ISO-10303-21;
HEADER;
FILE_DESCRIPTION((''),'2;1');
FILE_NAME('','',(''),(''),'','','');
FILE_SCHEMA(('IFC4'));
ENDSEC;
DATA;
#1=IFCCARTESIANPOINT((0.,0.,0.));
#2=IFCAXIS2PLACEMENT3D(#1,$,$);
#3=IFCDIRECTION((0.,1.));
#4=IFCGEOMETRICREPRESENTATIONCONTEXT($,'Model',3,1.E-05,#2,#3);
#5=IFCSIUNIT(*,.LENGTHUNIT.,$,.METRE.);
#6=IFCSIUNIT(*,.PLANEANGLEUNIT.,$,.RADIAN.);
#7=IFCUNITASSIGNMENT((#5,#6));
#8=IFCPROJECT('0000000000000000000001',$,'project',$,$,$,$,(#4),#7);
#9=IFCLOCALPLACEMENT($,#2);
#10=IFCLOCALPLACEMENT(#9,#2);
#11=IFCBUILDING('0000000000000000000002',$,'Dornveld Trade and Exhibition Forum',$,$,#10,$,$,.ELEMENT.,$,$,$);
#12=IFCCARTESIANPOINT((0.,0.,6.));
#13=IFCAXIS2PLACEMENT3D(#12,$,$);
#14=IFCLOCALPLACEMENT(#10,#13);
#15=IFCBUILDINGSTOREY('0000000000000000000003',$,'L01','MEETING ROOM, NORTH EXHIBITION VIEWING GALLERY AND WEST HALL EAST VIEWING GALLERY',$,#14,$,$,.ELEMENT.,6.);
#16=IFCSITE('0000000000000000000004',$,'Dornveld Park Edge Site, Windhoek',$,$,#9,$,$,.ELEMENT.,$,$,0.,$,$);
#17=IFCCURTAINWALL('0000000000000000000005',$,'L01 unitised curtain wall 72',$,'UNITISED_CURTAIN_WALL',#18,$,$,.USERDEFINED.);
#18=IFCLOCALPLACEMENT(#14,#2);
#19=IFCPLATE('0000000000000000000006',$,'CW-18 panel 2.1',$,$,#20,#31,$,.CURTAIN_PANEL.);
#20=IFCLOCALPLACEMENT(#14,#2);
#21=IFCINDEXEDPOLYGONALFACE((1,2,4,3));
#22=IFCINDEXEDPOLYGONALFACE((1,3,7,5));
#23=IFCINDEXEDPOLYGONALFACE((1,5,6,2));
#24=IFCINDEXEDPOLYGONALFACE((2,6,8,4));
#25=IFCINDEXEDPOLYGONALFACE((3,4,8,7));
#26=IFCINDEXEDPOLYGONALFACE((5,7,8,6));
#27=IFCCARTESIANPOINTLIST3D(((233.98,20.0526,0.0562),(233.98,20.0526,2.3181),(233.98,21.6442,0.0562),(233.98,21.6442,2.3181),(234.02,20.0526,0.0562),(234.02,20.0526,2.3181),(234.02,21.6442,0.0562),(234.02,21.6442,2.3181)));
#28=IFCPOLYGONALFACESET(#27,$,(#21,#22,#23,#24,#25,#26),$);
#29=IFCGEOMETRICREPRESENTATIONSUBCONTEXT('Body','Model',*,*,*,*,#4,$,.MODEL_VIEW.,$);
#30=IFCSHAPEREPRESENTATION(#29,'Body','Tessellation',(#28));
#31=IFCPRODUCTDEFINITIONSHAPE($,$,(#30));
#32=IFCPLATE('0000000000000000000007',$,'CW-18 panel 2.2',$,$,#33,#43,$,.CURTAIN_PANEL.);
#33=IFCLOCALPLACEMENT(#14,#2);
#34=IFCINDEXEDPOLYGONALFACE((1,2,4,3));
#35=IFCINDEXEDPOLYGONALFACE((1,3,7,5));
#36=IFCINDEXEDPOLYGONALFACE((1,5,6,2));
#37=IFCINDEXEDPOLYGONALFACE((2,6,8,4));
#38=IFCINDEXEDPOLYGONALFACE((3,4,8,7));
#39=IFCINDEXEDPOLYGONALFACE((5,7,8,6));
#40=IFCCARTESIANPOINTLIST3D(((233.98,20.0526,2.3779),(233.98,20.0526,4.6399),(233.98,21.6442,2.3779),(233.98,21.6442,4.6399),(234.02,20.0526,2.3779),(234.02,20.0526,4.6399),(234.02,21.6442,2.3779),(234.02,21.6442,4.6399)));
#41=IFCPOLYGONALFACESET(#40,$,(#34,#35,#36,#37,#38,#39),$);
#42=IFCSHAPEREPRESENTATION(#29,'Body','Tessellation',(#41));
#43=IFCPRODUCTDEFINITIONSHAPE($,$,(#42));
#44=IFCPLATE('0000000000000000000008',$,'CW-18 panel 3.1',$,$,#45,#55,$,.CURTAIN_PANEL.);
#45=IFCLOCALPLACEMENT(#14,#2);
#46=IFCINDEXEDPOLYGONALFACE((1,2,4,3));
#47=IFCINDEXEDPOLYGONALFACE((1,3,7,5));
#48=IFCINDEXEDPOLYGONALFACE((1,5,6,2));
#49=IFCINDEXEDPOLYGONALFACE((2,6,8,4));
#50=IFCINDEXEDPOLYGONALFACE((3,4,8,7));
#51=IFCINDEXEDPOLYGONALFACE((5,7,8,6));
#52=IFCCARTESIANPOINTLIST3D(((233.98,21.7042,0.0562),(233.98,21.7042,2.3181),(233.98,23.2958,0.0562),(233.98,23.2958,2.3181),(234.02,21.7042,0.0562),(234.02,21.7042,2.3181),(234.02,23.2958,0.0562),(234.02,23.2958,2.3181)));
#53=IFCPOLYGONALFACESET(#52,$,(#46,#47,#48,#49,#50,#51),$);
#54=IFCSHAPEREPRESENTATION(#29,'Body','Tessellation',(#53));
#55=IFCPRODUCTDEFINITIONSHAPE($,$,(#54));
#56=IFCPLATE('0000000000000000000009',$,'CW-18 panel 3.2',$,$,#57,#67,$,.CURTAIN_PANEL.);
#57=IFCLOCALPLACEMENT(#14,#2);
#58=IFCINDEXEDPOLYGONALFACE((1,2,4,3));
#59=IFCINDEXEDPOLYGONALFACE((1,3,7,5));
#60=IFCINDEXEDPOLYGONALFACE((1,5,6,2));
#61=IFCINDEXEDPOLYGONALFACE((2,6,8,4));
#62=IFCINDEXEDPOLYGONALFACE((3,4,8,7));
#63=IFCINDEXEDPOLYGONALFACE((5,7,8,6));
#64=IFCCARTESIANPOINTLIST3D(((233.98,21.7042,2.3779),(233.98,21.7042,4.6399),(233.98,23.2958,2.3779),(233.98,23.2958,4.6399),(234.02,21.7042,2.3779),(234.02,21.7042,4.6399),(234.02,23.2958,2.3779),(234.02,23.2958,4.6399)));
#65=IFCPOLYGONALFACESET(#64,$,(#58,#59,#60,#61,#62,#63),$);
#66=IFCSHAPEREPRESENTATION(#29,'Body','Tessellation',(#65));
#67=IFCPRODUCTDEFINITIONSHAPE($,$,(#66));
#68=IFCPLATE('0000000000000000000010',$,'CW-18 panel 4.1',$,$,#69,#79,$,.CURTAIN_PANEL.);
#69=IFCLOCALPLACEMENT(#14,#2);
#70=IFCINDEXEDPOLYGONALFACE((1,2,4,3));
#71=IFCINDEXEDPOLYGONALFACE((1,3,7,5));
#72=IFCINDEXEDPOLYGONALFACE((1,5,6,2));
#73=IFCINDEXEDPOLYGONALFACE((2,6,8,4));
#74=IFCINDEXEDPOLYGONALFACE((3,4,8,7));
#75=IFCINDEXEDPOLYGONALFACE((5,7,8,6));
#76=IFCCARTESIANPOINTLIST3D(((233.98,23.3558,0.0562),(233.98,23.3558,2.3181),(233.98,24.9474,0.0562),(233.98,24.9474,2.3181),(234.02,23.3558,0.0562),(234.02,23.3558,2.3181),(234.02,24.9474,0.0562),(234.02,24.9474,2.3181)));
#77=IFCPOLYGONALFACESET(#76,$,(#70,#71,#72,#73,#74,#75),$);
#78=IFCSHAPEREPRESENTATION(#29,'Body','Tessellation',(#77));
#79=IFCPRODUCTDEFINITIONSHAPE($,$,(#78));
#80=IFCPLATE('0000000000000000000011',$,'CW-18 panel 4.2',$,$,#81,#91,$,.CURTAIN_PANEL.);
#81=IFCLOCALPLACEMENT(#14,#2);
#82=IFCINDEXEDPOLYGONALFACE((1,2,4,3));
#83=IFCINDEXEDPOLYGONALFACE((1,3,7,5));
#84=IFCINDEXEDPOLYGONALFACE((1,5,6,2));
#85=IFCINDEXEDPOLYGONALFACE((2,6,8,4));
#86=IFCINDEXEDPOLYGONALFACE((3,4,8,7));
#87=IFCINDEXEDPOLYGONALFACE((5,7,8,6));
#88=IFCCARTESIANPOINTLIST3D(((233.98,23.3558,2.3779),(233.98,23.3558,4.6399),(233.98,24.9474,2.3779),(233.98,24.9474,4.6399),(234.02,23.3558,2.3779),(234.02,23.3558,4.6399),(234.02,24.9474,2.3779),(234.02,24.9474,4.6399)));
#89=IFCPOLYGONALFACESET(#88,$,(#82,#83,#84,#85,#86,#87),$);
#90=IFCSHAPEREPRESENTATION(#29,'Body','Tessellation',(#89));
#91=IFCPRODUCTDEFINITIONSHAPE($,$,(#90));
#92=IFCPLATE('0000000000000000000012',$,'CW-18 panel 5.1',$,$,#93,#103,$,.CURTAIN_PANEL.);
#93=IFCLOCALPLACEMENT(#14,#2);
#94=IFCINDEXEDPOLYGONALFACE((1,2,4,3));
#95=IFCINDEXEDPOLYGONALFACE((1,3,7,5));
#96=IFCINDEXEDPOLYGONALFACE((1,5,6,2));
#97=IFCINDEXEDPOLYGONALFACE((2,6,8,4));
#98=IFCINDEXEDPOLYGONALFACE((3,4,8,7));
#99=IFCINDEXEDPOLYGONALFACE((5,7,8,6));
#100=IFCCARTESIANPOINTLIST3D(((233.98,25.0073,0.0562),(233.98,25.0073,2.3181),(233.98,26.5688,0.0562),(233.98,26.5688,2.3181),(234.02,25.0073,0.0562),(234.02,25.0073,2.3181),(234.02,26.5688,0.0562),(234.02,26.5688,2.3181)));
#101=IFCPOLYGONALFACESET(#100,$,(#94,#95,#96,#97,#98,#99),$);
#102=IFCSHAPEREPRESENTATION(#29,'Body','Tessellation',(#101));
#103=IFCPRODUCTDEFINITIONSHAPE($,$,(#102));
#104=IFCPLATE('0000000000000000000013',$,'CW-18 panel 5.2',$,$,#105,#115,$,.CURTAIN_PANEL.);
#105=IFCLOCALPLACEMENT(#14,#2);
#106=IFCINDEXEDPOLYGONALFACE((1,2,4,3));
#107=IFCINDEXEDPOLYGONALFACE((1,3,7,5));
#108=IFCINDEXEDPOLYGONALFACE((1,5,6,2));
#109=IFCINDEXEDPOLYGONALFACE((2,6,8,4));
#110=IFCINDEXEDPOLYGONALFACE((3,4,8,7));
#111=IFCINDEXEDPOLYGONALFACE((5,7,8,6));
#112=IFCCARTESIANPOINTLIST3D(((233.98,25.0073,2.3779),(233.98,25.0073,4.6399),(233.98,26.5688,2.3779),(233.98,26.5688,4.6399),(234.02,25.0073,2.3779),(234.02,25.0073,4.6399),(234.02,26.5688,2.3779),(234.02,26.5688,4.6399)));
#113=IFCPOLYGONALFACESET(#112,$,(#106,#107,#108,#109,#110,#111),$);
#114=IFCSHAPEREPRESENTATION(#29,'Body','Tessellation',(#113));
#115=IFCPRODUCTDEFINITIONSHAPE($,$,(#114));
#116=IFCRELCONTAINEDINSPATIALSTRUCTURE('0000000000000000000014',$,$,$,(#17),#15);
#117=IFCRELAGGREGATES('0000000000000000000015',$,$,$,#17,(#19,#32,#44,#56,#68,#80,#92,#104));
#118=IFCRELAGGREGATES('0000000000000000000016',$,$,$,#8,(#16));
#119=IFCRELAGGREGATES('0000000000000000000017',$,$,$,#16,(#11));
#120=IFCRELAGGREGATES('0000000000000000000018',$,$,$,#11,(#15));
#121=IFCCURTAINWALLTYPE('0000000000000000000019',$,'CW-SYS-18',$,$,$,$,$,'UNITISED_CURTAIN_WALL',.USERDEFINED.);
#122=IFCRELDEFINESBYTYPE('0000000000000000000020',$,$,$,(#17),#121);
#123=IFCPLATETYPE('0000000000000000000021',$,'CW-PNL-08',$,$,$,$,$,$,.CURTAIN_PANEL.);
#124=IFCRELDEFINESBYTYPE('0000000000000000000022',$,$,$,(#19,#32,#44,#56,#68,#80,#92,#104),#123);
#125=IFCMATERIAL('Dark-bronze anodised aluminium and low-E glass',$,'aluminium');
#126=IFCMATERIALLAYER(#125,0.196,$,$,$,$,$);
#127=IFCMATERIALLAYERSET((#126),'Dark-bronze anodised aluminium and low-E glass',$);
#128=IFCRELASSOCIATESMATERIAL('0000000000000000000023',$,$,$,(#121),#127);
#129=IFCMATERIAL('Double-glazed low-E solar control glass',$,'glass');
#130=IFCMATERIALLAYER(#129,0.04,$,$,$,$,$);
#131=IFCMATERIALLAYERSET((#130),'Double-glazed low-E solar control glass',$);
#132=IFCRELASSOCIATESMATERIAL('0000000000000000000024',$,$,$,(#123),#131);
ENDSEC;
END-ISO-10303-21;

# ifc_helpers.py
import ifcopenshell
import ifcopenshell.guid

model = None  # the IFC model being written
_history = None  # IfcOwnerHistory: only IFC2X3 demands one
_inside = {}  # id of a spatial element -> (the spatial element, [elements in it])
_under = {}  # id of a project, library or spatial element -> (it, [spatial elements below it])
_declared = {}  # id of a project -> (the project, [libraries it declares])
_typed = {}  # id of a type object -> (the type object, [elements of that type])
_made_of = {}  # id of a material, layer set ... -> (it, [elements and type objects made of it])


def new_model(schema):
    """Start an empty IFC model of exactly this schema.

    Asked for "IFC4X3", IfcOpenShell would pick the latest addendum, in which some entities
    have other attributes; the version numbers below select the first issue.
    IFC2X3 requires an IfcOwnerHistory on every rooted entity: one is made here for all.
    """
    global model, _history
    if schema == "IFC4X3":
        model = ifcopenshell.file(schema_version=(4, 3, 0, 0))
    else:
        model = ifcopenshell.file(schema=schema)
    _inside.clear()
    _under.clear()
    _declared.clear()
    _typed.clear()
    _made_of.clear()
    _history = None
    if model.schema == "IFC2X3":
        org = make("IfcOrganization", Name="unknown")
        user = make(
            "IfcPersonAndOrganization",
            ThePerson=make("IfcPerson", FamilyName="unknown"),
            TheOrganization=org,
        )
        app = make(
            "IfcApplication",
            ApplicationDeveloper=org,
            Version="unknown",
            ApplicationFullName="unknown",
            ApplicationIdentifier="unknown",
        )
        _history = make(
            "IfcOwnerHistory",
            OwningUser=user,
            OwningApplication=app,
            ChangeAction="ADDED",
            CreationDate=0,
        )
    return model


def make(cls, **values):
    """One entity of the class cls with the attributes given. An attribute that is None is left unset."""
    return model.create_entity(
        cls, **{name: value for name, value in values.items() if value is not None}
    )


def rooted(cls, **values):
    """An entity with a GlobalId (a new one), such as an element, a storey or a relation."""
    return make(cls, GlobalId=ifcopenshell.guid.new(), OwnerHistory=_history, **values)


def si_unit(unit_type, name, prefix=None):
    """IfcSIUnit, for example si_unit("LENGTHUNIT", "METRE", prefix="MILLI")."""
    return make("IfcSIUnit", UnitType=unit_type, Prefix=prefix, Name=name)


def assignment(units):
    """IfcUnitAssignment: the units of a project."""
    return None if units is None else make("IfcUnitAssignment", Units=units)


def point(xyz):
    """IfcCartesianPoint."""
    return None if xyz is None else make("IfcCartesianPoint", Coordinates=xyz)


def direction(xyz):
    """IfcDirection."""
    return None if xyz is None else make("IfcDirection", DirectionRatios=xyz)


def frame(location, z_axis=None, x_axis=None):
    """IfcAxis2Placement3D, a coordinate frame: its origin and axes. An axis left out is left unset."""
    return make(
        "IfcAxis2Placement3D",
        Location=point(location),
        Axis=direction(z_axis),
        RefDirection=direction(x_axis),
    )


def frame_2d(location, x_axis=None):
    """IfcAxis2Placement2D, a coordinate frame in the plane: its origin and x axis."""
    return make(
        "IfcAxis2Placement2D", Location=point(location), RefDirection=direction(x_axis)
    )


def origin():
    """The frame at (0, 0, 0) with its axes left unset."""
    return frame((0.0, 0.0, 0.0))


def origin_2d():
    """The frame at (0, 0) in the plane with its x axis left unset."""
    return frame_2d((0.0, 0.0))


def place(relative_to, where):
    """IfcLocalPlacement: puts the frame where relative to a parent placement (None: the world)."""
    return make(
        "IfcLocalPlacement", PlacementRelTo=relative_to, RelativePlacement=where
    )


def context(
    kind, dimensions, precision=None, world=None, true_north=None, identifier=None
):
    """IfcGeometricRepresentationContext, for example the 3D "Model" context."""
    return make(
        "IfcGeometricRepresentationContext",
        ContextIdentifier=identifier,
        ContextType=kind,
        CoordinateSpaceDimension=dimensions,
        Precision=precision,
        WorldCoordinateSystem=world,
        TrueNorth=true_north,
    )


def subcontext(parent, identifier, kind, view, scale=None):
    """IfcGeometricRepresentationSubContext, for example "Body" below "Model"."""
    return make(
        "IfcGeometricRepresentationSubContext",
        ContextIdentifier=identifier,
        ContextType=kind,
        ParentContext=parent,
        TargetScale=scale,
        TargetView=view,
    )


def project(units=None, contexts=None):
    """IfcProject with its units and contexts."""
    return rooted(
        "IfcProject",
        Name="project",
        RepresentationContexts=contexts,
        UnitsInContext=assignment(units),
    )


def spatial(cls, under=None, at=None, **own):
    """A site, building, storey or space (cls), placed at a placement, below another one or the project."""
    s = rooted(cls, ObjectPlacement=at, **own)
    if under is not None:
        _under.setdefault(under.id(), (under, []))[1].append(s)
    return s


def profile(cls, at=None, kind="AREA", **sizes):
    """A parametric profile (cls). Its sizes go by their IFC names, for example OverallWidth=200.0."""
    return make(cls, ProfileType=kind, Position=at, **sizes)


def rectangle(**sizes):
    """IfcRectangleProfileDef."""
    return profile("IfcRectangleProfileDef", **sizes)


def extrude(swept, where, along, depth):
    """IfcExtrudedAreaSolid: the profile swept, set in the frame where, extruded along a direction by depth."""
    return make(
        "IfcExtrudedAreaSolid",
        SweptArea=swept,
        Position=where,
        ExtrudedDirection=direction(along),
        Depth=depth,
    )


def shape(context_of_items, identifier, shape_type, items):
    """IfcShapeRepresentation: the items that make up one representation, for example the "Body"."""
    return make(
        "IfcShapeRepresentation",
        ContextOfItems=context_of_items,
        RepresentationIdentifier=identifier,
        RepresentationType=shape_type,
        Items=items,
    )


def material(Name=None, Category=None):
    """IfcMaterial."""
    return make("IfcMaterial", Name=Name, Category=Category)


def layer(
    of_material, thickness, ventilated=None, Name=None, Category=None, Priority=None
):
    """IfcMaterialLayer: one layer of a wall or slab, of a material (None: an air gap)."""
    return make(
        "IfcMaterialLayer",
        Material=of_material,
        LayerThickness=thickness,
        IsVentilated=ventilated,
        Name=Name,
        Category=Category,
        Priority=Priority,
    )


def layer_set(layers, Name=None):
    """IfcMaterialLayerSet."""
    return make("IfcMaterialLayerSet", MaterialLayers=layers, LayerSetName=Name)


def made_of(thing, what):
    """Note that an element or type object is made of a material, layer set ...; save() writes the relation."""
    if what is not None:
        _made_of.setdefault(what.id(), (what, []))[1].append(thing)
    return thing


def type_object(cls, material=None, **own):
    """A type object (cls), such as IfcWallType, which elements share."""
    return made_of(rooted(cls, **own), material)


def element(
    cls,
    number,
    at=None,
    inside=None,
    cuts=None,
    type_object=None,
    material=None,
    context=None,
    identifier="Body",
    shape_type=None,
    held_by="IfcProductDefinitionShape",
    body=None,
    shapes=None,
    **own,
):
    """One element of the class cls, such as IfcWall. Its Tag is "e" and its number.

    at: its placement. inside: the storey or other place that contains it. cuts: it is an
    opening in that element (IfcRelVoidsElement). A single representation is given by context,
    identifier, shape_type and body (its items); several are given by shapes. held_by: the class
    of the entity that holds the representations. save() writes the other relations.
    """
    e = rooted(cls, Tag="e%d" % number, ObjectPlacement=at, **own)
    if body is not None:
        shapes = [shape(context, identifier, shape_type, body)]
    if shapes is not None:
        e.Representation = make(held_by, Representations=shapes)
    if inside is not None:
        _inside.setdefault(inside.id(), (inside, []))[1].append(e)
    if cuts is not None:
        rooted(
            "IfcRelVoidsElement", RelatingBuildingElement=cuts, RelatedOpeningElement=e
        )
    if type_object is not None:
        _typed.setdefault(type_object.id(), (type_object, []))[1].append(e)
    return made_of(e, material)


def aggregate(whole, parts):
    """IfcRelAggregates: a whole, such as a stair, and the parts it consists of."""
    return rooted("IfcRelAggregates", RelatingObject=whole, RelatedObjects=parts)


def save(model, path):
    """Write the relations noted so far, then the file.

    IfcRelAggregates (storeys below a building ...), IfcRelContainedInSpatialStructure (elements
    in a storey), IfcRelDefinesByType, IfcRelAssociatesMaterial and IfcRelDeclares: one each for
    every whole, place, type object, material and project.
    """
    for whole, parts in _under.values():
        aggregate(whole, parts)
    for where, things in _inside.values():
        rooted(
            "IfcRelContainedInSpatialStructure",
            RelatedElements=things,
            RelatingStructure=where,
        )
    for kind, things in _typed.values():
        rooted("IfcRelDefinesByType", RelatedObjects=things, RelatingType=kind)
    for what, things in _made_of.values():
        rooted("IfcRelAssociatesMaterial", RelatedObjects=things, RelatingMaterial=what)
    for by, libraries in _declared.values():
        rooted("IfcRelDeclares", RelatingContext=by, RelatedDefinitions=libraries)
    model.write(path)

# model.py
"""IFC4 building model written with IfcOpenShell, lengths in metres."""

from ifc_helpers import new_model, si_unit, direction, frame, origin, origin_2d, place, context, subcontext, project, spatial, rectangle, extrude, material, layer, layer_set, type_object, element, aggregate, save


model = new_model("IFC4")

# Units and contexts
model_context = context("Model", 3, precision=1e-05, world=origin(), true_north=direction((0.0, 1.0)))
body_context = subcontext(model_context, "Body", "Model", "MODEL_VIEW")
ifc_project = project(units=[si_unit("LENGTHUNIT", "METRE"), si_unit("PLANEANGLEUNIT", "RADIAN")], contexts=[model_context])

# Site, building, storey
site_placement = place(None, origin())
site = spatial("IfcSite", under=ifc_project, at=site_placement, Name="Dornveld Park Edge Site, Windhoek", CompositionType="ELEMENT", RefElevation=0.0)
building_placement = place(site_placement, origin())
building = spatial("IfcBuilding", under=site, at=building_placement, Name="Dornveld Trade and Exhibition Forum", CompositionType="ELEMENT")
storey_placement = place(building_placement, frame((0.0, 0.0, 6.0)))
storey = spatial("IfcBuildingStorey", under=building, at=storey_placement, Name="L01", Description="MEETING ROOM, NORTH EXHIBITION VIEWING GALLERY AND WEST HALL EAST VIEWING GALLERY", CompositionType="ELEMENT", Elevation=6.0)

# Curtain wall, plates
ifc_material_1 = material(Name="Dark-bronze anodised aluminium and low-E glass", Category="aluminium")
ifc_layer_1 = layer(ifc_material_1, 0.196)
ifc_layer_set_1 = layer_set([ifc_layer_1], Name="Dark-bronze anodised aluminium and low-E glass")
curtain_wall_type = type_object("IfcCurtainWallType", Name="CW-SYS-18", ElementType="UNITISED_CURTAIN_WALL", PredefinedType="USERDEFINED", material=ifc_layer_set_1)
curtain_wall_placement = place(storey_placement, origin())
curtain_wall = element("IfcCurtainWall", 1, at=curtain_wall_placement, inside=storey, type_object=curtain_wall_type, Name="L01 unitised curtain wall 72", ObjectType="UNITISED_CURTAIN_WALL", PredefinedType="USERDEFINED")
ifc_material_2 = material(Name="Double-glazed low-E solar control glass", Category="glass")
ifc_layer_2 = layer(ifc_material_2, 0.04)
ifc_layer_set_2 = layer_set([ifc_layer_2], Name="Double-glazed low-E solar control glass")
plate_type = type_object("IfcPlateType", Name="CW-PNL-08", PredefinedType="CURTAIN_PANEL", material=ifc_layer_set_2)
plate_1_placement = place(storey_placement, frame((234.0, 20.8484, 0.0562), z_axis=(0.0, 0.0, 1.0), x_axis=(0.0, 1.0, 0.0)))
plate_1 = element("IfcPlate", 2, at=plate_1_placement, type_object=plate_type, Name="CW-18 panel 2.1", PredefinedType="CURTAIN_PANEL", context=body_context, shape_type="SweptSolid", body=[
    extrude(rectangle(XDim=1.5916, YDim=0.04, at=origin_2d()), origin(), (0.0, 0.0, 1.0), 2.262),
])
plate_2_placement = place(storey_placement, frame((234.0, 20.8484, 2.3779), z_axis=(0.0, 0.0, 1.0), x_axis=(0.0, 1.0, 0.0)))
plate_2 = element("IfcPlate", 3, at=plate_2_placement, type_object=plate_type, Name="CW-18 panel 2.2", PredefinedType="CURTAIN_PANEL", context=body_context, shape_type="SweptSolid", body=[
    extrude(rectangle(XDim=1.5916, YDim=0.04, at=origin_2d()), origin(), (0.0, 0.0, 1.0), 2.262),
])
plate_3_placement = place(storey_placement, frame((234.0, 22.5, 0.0562), z_axis=(0.0, 0.0, 1.0), x_axis=(0.0, 1.0, 0.0)))
plate_3 = element("IfcPlate", 4, at=plate_3_placement, type_object=plate_type, Name="CW-18 panel 3.1", PredefinedType="CURTAIN_PANEL", context=body_context, shape_type="SweptSolid", body=[
    extrude(rectangle(XDim=1.5916, YDim=0.04, at=origin_2d()), origin(), (0.0, 0.0, 1.0), 2.262),
])
plate_4_placement = place(storey_placement, frame((234.0, 22.5, 2.3779), z_axis=(0.0, 0.0, 1.0), x_axis=(0.0, 1.0, 0.0)))
plate_4 = element("IfcPlate", 5, at=plate_4_placement, type_object=plate_type, Name="CW-18 panel 3.2", PredefinedType="CURTAIN_PANEL", context=body_context, shape_type="SweptSolid", body=[
    extrude(rectangle(XDim=1.5916, YDim=0.04, at=origin_2d()), origin(), (0.0, 0.0, 1.0), 2.262),
])
plate_5_placement = place(storey_placement, frame((234.0, 24.1516, 0.0562), z_axis=(0.0, 0.0, 1.0), x_axis=(0.0, 1.0, 0.0)))
plate_5 = element("IfcPlate", 6, at=plate_5_placement, type_object=plate_type, Name="CW-18 panel 4.1", PredefinedType="CURTAIN_PANEL", context=body_context, shape_type="SweptSolid", body=[
    extrude(rectangle(XDim=1.5916, YDim=0.04, at=origin_2d()), origin(), (0.0, 0.0, 1.0), 2.262),
])
plate_6_placement = place(storey_placement, frame((234.0, 24.1516, 2.3779), z_axis=(0.0, 0.0, 1.0), x_axis=(0.0, 1.0, 0.0)))
plate_6 = element("IfcPlate", 7, at=plate_6_placement, type_object=plate_type, Name="CW-18 panel 4.2", PredefinedType="CURTAIN_PANEL", context=body_context, shape_type="SweptSolid", body=[
    extrude(rectangle(XDim=1.5916, YDim=0.04, at=origin_2d()), origin(), (0.0, 0.0, 1.0), 2.262),
])
plate_7_placement = place(storey_placement, frame((234.0, 25.7881, 0.0562), z_axis=(0.0, 0.0, 1.0), x_axis=(0.0, 1.0, 0.0)))
plate_7 = element("IfcPlate", 8, at=plate_7_placement, type_object=plate_type, Name="CW-18 panel 5.1", PredefinedType="CURTAIN_PANEL", context=body_context, shape_type="SweptSolid", body=[
    extrude(rectangle(XDim=1.5615, YDim=0.04, at=origin_2d()), origin(), (0.0, 0.0, 1.0), 2.262),
])
plate_8_placement = place(storey_placement, frame((234.0, 25.7881, 2.3779), z_axis=(0.0, 0.0, 1.0), x_axis=(0.0, 1.0, 0.0)))
plate_8 = element("IfcPlate", 9, at=plate_8_placement, type_object=plate_type, Name="CW-18 panel 5.2", PredefinedType="CURTAIN_PANEL", context=body_context, shape_type="SweptSolid", body=[
    extrude(rectangle(XDim=1.5615, YDim=0.04, at=origin_2d()), origin(), (0.0, 0.0, 1.0), 2.262),
])
aggregate(curtain_wall, [plate_1, plate_2, plate_3, plate_4, plate_5, plate_6, plate_7, plate_8])

save(model, "model.ifc")
